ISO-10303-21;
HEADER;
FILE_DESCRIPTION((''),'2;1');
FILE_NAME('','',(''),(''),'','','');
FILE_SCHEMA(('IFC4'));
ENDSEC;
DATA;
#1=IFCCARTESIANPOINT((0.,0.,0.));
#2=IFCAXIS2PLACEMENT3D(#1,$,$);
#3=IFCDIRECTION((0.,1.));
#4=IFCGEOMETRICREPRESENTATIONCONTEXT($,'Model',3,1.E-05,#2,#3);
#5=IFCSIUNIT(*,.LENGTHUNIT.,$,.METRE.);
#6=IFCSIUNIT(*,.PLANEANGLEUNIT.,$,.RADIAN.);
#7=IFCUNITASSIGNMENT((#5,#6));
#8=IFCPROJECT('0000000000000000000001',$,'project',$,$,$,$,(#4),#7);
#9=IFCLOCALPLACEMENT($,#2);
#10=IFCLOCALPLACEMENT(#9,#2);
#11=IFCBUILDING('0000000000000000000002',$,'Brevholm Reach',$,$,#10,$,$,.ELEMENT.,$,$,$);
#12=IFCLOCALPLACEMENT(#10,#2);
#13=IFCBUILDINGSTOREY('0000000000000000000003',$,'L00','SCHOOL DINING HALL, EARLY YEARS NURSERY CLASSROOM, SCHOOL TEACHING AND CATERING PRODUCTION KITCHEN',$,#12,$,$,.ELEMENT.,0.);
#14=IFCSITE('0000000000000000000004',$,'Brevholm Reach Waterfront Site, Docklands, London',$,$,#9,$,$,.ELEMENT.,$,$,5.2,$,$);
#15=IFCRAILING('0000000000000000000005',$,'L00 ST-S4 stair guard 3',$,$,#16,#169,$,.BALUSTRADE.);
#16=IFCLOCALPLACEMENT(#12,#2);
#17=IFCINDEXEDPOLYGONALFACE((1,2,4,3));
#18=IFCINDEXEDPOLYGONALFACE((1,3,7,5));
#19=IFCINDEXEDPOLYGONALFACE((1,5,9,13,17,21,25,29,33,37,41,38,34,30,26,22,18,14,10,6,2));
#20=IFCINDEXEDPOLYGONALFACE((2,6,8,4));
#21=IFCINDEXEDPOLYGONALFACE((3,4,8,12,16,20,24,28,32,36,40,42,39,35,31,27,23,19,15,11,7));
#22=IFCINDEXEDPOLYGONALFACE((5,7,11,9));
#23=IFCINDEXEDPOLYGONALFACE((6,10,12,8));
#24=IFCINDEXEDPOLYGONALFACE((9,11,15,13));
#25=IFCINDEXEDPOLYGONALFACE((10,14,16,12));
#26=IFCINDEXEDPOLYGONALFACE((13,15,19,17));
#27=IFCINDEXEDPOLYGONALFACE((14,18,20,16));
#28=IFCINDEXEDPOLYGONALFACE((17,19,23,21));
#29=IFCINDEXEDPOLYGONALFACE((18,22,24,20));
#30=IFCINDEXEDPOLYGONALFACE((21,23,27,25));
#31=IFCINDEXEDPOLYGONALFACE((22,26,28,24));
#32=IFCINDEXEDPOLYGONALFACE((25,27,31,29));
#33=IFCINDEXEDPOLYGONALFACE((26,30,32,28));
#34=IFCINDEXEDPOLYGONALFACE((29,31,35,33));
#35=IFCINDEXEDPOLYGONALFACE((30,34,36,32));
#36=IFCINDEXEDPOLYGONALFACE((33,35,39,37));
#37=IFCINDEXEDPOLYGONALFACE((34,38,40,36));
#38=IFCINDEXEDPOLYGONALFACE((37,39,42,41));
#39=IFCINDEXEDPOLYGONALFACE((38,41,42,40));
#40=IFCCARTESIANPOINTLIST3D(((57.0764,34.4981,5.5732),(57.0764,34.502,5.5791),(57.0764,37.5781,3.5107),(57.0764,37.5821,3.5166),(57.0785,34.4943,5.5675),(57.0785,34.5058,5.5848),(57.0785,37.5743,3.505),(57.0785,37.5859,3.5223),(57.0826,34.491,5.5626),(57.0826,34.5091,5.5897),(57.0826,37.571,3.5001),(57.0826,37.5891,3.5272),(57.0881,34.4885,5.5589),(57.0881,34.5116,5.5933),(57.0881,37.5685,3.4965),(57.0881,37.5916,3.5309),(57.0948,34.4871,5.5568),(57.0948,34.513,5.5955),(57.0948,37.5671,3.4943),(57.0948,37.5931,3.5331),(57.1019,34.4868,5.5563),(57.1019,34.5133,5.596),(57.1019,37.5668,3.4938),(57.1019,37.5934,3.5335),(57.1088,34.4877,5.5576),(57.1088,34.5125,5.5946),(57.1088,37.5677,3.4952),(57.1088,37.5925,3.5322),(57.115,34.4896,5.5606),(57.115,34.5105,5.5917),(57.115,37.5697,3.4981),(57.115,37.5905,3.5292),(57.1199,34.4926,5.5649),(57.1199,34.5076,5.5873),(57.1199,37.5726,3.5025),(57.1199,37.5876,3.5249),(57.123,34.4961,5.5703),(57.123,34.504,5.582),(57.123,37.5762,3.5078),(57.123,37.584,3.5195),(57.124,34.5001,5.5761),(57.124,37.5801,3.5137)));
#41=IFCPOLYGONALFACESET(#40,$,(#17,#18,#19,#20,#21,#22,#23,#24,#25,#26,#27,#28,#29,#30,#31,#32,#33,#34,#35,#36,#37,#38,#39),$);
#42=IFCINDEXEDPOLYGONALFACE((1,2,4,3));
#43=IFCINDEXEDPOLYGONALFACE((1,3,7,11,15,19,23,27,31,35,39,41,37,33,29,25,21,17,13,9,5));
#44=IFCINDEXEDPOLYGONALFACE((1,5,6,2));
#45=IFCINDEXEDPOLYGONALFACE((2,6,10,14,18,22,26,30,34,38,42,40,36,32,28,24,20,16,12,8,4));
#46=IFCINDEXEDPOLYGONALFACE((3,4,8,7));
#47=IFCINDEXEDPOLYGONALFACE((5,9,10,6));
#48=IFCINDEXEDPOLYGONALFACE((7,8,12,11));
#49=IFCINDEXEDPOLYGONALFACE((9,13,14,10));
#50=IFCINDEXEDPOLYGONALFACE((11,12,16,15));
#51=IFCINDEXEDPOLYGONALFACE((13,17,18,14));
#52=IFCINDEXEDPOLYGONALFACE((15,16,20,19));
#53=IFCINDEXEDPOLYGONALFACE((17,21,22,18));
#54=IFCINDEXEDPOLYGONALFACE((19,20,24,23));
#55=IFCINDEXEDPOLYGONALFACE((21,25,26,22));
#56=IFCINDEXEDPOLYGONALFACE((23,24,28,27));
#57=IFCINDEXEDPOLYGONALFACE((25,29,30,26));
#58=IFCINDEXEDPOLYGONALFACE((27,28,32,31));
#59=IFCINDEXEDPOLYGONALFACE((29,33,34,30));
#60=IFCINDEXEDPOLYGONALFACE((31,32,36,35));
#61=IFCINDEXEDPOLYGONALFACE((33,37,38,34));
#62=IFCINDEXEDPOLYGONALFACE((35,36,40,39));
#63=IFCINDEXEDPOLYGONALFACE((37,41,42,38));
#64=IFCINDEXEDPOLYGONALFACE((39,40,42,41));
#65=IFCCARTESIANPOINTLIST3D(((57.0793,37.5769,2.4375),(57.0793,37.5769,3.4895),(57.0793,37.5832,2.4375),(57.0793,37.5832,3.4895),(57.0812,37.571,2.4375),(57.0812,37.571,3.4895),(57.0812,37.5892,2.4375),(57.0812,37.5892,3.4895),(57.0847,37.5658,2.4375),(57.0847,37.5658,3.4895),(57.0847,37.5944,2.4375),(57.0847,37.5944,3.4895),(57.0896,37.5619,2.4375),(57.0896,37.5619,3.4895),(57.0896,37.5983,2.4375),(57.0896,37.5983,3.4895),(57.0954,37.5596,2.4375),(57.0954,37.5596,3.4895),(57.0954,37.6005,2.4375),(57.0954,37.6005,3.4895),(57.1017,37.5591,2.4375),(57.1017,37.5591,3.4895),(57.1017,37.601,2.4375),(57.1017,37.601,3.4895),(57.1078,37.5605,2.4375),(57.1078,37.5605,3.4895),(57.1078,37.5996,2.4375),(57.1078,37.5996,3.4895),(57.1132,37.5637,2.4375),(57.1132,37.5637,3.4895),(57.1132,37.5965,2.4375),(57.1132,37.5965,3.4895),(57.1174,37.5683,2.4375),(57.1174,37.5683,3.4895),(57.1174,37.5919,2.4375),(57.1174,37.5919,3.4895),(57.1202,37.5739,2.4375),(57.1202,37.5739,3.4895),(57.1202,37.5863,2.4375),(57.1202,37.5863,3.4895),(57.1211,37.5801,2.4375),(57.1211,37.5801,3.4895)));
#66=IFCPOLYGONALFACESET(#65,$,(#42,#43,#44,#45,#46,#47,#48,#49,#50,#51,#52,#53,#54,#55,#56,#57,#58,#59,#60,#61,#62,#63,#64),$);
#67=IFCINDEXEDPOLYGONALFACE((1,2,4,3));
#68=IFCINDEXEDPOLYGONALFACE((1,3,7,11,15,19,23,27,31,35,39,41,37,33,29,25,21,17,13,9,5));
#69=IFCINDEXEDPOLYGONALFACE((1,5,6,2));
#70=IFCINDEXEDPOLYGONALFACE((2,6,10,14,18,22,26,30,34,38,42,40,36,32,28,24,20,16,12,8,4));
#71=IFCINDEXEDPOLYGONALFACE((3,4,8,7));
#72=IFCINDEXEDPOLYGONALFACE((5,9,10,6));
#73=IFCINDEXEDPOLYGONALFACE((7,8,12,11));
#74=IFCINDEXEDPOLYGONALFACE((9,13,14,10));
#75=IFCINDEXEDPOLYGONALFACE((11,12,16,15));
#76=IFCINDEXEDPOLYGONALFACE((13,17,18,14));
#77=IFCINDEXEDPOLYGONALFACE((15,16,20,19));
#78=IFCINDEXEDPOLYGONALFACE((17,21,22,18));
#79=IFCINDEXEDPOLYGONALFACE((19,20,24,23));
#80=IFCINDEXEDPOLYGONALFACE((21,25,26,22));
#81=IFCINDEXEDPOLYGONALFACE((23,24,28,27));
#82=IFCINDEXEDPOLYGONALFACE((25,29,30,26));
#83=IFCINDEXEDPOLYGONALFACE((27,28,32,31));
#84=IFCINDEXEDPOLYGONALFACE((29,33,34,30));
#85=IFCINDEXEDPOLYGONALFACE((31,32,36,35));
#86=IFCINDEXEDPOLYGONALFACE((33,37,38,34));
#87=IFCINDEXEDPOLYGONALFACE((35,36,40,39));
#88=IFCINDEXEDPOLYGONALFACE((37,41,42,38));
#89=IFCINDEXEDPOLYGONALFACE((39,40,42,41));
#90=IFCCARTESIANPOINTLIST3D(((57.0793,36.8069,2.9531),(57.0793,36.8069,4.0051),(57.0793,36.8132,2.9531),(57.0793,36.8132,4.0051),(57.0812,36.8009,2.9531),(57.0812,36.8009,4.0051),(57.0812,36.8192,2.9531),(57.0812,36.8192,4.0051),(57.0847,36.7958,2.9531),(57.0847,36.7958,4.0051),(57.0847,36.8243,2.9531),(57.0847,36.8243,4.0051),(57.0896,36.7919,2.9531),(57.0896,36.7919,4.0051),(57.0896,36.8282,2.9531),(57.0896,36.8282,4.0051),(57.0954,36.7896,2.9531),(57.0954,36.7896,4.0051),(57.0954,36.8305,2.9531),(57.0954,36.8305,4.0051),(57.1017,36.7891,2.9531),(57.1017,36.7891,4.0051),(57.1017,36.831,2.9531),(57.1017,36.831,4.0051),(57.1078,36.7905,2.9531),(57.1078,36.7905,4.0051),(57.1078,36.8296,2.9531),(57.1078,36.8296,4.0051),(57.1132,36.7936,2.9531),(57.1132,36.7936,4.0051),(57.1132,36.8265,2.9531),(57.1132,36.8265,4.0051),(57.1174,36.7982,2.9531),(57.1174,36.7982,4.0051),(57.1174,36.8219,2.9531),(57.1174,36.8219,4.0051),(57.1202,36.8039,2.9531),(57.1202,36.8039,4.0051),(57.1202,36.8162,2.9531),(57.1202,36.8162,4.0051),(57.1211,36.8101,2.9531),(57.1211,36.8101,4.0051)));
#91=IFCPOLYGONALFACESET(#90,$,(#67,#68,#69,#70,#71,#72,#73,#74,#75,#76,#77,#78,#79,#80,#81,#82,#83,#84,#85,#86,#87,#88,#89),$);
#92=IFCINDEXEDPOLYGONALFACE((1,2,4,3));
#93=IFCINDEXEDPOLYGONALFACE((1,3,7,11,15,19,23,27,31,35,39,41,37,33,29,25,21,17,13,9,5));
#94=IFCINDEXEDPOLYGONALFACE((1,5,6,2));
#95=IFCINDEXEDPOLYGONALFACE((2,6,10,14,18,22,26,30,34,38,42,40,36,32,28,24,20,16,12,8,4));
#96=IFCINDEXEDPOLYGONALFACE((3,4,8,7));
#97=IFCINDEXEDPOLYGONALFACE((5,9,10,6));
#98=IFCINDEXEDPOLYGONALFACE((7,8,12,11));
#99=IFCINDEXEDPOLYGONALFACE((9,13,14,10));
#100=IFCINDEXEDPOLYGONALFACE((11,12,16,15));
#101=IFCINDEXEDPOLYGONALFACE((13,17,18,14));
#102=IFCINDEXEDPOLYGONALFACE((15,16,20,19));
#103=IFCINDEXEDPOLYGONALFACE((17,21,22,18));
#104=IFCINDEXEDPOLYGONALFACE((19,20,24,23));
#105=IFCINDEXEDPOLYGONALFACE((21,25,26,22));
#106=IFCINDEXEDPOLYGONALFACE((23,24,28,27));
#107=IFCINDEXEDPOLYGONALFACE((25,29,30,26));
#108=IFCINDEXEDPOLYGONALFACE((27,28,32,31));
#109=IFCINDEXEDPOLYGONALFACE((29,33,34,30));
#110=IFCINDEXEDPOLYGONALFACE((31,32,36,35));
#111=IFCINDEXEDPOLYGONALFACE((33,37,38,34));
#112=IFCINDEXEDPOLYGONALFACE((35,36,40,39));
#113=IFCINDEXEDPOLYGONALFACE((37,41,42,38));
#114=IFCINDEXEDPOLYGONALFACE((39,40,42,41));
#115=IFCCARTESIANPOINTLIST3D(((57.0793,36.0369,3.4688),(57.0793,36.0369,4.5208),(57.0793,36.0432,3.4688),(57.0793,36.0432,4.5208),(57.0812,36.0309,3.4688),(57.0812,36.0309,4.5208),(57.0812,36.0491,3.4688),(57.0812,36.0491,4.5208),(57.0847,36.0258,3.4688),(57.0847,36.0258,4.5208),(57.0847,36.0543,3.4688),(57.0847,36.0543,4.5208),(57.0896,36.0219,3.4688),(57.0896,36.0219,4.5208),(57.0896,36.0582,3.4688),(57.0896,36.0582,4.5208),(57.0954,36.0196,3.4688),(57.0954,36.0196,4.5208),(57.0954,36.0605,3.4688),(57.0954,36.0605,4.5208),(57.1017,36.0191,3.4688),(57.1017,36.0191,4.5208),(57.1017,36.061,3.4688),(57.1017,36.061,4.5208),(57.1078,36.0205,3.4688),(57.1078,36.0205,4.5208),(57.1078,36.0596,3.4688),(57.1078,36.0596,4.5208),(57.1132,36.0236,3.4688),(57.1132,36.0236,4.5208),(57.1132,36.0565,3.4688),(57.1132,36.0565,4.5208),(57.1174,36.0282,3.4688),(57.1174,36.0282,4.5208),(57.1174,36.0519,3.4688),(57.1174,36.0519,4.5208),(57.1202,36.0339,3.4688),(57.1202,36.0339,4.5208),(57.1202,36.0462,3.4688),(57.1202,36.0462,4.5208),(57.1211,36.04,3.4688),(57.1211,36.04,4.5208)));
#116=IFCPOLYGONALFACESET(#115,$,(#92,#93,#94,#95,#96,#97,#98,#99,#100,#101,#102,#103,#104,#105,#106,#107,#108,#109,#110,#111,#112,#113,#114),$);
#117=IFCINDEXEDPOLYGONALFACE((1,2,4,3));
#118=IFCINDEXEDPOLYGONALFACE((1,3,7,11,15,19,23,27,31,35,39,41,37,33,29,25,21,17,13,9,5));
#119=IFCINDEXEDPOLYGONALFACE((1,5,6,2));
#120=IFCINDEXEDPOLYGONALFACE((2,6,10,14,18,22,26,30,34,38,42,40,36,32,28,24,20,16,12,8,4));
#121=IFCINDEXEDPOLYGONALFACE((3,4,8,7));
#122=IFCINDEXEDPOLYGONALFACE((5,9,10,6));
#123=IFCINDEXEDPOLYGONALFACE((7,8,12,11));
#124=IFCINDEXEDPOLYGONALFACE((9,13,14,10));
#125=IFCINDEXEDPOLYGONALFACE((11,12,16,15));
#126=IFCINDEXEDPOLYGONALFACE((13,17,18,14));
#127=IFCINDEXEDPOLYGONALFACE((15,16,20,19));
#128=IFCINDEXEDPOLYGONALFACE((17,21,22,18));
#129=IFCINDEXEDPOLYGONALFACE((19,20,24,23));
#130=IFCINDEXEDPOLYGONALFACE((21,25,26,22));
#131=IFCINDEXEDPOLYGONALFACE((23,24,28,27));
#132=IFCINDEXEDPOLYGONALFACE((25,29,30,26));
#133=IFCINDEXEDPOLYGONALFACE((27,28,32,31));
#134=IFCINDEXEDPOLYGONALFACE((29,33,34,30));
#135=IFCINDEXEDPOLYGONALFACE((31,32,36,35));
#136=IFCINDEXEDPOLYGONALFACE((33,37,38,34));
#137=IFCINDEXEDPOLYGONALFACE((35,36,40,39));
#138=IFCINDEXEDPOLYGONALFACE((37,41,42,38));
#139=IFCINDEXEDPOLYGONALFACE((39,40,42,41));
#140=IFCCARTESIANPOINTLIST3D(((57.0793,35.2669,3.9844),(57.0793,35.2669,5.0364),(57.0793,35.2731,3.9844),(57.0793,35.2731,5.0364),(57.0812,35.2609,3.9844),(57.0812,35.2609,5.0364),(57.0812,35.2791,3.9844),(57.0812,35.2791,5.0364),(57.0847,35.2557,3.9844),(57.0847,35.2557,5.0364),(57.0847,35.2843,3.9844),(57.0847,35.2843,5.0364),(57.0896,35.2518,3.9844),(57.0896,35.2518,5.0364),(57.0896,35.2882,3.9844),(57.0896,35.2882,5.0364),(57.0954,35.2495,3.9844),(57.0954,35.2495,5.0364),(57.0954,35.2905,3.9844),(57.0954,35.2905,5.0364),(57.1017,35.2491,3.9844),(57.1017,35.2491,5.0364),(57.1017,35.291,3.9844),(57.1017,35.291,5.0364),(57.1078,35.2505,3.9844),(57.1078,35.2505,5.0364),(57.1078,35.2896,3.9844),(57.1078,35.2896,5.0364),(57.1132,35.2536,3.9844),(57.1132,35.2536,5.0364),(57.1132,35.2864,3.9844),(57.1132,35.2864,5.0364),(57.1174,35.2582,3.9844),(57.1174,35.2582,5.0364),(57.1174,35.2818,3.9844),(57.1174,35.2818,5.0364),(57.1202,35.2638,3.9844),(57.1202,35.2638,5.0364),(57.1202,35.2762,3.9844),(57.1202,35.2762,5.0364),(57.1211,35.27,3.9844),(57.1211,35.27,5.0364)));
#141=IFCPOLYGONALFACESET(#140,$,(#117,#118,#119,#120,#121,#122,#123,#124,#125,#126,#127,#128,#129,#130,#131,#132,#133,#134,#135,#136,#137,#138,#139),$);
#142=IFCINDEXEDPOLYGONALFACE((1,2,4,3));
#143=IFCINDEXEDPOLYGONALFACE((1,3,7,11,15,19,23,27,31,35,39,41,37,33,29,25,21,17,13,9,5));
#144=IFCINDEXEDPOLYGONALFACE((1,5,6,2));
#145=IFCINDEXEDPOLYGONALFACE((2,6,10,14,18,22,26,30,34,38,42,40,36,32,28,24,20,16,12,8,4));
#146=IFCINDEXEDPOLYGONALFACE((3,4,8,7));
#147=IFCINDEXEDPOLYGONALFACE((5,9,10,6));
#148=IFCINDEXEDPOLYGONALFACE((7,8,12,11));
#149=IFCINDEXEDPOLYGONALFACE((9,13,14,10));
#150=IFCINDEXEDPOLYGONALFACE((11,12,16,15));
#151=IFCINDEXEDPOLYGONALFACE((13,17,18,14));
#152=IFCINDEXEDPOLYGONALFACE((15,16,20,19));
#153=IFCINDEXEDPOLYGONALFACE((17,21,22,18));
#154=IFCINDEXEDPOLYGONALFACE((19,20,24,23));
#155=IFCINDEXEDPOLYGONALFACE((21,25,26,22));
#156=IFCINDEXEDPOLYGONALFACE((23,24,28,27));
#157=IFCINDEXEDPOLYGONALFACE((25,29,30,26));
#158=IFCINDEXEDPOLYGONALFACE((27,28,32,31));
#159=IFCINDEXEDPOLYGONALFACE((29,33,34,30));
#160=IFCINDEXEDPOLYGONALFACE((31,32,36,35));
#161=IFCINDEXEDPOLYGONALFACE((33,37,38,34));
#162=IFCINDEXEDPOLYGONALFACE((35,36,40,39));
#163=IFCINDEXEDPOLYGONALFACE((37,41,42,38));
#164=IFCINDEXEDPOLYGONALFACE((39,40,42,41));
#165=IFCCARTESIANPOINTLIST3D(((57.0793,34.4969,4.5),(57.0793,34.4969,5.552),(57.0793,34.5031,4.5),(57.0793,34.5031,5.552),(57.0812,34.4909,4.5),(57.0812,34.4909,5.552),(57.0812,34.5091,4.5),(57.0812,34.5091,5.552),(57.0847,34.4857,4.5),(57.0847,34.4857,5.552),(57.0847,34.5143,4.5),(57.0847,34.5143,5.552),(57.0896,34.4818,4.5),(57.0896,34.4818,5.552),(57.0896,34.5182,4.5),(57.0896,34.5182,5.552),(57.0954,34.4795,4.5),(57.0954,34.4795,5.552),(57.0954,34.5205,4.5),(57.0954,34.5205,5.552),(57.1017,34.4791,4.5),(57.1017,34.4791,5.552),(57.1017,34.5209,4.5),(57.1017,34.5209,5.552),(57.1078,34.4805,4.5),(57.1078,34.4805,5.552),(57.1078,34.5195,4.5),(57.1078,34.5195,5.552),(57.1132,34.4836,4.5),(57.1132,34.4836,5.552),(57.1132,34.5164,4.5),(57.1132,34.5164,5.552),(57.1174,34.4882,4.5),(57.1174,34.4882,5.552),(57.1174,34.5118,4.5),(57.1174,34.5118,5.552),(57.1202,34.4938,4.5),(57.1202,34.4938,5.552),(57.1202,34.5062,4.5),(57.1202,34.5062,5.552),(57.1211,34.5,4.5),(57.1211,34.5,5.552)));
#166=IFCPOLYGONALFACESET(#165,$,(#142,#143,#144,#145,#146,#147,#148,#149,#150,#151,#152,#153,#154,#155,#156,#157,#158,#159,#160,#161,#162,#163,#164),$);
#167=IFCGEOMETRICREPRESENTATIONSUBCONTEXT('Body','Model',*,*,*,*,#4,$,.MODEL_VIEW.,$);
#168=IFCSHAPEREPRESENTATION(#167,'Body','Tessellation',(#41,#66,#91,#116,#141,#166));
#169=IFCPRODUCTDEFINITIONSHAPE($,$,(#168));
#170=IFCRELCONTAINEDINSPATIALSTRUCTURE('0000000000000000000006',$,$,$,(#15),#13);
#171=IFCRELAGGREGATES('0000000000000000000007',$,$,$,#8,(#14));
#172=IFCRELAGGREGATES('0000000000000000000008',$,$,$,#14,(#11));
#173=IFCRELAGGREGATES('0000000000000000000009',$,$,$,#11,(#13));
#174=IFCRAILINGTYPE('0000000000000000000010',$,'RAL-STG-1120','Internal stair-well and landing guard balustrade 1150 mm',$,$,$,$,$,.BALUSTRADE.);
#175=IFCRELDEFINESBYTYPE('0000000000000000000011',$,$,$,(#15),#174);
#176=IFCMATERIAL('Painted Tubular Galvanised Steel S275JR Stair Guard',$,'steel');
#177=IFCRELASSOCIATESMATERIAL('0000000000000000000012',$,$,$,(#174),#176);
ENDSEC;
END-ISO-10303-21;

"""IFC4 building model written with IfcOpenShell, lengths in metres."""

from ifc_helpers import new_model, si_unit, direction, frame, origin, origin_2d, place, context, subcontext, project, spatial, circle, extrude, material, type_object, element, save


model = new_model("IFC4")

# Units and contexts
model_context = context("Model", 3, precision=1e-05, world=origin(), true_north=direction((0.0, 1.0)))
body_context = subcontext(model_context, "Body", "Model", "MODEL_VIEW")
ifc_project = project(units=[si_unit("LENGTHUNIT", "METRE"), si_unit("PLANEANGLEUNIT", "RADIAN")], contexts=[model_context])

# Site, building, storey
site_placement = place(None, origin())
site = spatial("IfcSite", under=ifc_project, at=site_placement, Name="Brevholm Reach Waterfront Site, Docklands, London", CompositionType="ELEMENT", RefElevation=5.2)
building_placement = place(site_placement, origin())
building = spatial("IfcBuilding", under=site, at=building_placement, Name="Brevholm Reach", CompositionType="ELEMENT")
storey_placement = place(building_placement, origin())
storey = spatial("IfcBuildingStorey", under=building, at=storey_placement, Name="L00", Description="SCHOOL DINING HALL, EARLY YEARS NURSERY CLASSROOM, SCHOOL TEACHING AND CATERING PRODUCTION KITCHEN", CompositionType="ELEMENT", Elevation=0.0)

# Railing
ifc_material_1 = material(Name="Painted Tubular Galvanised Steel S275JR Stair Guard", Category="steel")
railing_type_1 = type_object("IfcRailingType", Name="RAL-STG-1120", Description="Internal stair-well and landing guard balustrade 1150 mm", PredefinedType="BALUSTRADE", material=ifc_material_1)
railing_1_placement = place(storey_placement, frame((57.1001, 37.5801, 2.4375)))
element("IfcRailing", 1, at=railing_1_placement, inside=storey, type_object=railing_type_1, Name="L00 ST-S4 stair guard 3", PredefinedType="BALUSTRADE", context=body_context, shape_type="SweptSolid", body=[
    extrude(circle(Radius=0.0239, at=origin_2d()), frame((0.0, 0.0, 1.0762), z_axis=(0.0, -0.830914, 0.556401), x_axis=(1.0, 0.0, 0.0)), (0.0, 0.0, 1.0), 3.7068),
    extrude(circle(Radius=0.021, at=origin_2d()), origin(), (0.0, 0.0, 1.0), 1.052),
    extrude(circle(Radius=0.021, at=origin_2d()), frame((0.0, -0.77, 0.5156)), (0.0, 0.0, 1.0), 1.052),
    extrude(circle(Radius=0.021, at=origin_2d()), frame((0.0, -1.54, 1.0312)), (0.0, 0.0, 1.0), 1.052),
    extrude(circle(Radius=0.021, at=origin_2d()), frame((0.0, -2.3101, 1.5469)), (0.0, 0.0, 1.0), 1.052),
    extrude(circle(Radius=0.021, at=origin_2d()), frame((0.0, -3.0801, 2.0625)), (0.0, 0.0, 1.0), 1.052),
])

save(model, "model.ifc")
